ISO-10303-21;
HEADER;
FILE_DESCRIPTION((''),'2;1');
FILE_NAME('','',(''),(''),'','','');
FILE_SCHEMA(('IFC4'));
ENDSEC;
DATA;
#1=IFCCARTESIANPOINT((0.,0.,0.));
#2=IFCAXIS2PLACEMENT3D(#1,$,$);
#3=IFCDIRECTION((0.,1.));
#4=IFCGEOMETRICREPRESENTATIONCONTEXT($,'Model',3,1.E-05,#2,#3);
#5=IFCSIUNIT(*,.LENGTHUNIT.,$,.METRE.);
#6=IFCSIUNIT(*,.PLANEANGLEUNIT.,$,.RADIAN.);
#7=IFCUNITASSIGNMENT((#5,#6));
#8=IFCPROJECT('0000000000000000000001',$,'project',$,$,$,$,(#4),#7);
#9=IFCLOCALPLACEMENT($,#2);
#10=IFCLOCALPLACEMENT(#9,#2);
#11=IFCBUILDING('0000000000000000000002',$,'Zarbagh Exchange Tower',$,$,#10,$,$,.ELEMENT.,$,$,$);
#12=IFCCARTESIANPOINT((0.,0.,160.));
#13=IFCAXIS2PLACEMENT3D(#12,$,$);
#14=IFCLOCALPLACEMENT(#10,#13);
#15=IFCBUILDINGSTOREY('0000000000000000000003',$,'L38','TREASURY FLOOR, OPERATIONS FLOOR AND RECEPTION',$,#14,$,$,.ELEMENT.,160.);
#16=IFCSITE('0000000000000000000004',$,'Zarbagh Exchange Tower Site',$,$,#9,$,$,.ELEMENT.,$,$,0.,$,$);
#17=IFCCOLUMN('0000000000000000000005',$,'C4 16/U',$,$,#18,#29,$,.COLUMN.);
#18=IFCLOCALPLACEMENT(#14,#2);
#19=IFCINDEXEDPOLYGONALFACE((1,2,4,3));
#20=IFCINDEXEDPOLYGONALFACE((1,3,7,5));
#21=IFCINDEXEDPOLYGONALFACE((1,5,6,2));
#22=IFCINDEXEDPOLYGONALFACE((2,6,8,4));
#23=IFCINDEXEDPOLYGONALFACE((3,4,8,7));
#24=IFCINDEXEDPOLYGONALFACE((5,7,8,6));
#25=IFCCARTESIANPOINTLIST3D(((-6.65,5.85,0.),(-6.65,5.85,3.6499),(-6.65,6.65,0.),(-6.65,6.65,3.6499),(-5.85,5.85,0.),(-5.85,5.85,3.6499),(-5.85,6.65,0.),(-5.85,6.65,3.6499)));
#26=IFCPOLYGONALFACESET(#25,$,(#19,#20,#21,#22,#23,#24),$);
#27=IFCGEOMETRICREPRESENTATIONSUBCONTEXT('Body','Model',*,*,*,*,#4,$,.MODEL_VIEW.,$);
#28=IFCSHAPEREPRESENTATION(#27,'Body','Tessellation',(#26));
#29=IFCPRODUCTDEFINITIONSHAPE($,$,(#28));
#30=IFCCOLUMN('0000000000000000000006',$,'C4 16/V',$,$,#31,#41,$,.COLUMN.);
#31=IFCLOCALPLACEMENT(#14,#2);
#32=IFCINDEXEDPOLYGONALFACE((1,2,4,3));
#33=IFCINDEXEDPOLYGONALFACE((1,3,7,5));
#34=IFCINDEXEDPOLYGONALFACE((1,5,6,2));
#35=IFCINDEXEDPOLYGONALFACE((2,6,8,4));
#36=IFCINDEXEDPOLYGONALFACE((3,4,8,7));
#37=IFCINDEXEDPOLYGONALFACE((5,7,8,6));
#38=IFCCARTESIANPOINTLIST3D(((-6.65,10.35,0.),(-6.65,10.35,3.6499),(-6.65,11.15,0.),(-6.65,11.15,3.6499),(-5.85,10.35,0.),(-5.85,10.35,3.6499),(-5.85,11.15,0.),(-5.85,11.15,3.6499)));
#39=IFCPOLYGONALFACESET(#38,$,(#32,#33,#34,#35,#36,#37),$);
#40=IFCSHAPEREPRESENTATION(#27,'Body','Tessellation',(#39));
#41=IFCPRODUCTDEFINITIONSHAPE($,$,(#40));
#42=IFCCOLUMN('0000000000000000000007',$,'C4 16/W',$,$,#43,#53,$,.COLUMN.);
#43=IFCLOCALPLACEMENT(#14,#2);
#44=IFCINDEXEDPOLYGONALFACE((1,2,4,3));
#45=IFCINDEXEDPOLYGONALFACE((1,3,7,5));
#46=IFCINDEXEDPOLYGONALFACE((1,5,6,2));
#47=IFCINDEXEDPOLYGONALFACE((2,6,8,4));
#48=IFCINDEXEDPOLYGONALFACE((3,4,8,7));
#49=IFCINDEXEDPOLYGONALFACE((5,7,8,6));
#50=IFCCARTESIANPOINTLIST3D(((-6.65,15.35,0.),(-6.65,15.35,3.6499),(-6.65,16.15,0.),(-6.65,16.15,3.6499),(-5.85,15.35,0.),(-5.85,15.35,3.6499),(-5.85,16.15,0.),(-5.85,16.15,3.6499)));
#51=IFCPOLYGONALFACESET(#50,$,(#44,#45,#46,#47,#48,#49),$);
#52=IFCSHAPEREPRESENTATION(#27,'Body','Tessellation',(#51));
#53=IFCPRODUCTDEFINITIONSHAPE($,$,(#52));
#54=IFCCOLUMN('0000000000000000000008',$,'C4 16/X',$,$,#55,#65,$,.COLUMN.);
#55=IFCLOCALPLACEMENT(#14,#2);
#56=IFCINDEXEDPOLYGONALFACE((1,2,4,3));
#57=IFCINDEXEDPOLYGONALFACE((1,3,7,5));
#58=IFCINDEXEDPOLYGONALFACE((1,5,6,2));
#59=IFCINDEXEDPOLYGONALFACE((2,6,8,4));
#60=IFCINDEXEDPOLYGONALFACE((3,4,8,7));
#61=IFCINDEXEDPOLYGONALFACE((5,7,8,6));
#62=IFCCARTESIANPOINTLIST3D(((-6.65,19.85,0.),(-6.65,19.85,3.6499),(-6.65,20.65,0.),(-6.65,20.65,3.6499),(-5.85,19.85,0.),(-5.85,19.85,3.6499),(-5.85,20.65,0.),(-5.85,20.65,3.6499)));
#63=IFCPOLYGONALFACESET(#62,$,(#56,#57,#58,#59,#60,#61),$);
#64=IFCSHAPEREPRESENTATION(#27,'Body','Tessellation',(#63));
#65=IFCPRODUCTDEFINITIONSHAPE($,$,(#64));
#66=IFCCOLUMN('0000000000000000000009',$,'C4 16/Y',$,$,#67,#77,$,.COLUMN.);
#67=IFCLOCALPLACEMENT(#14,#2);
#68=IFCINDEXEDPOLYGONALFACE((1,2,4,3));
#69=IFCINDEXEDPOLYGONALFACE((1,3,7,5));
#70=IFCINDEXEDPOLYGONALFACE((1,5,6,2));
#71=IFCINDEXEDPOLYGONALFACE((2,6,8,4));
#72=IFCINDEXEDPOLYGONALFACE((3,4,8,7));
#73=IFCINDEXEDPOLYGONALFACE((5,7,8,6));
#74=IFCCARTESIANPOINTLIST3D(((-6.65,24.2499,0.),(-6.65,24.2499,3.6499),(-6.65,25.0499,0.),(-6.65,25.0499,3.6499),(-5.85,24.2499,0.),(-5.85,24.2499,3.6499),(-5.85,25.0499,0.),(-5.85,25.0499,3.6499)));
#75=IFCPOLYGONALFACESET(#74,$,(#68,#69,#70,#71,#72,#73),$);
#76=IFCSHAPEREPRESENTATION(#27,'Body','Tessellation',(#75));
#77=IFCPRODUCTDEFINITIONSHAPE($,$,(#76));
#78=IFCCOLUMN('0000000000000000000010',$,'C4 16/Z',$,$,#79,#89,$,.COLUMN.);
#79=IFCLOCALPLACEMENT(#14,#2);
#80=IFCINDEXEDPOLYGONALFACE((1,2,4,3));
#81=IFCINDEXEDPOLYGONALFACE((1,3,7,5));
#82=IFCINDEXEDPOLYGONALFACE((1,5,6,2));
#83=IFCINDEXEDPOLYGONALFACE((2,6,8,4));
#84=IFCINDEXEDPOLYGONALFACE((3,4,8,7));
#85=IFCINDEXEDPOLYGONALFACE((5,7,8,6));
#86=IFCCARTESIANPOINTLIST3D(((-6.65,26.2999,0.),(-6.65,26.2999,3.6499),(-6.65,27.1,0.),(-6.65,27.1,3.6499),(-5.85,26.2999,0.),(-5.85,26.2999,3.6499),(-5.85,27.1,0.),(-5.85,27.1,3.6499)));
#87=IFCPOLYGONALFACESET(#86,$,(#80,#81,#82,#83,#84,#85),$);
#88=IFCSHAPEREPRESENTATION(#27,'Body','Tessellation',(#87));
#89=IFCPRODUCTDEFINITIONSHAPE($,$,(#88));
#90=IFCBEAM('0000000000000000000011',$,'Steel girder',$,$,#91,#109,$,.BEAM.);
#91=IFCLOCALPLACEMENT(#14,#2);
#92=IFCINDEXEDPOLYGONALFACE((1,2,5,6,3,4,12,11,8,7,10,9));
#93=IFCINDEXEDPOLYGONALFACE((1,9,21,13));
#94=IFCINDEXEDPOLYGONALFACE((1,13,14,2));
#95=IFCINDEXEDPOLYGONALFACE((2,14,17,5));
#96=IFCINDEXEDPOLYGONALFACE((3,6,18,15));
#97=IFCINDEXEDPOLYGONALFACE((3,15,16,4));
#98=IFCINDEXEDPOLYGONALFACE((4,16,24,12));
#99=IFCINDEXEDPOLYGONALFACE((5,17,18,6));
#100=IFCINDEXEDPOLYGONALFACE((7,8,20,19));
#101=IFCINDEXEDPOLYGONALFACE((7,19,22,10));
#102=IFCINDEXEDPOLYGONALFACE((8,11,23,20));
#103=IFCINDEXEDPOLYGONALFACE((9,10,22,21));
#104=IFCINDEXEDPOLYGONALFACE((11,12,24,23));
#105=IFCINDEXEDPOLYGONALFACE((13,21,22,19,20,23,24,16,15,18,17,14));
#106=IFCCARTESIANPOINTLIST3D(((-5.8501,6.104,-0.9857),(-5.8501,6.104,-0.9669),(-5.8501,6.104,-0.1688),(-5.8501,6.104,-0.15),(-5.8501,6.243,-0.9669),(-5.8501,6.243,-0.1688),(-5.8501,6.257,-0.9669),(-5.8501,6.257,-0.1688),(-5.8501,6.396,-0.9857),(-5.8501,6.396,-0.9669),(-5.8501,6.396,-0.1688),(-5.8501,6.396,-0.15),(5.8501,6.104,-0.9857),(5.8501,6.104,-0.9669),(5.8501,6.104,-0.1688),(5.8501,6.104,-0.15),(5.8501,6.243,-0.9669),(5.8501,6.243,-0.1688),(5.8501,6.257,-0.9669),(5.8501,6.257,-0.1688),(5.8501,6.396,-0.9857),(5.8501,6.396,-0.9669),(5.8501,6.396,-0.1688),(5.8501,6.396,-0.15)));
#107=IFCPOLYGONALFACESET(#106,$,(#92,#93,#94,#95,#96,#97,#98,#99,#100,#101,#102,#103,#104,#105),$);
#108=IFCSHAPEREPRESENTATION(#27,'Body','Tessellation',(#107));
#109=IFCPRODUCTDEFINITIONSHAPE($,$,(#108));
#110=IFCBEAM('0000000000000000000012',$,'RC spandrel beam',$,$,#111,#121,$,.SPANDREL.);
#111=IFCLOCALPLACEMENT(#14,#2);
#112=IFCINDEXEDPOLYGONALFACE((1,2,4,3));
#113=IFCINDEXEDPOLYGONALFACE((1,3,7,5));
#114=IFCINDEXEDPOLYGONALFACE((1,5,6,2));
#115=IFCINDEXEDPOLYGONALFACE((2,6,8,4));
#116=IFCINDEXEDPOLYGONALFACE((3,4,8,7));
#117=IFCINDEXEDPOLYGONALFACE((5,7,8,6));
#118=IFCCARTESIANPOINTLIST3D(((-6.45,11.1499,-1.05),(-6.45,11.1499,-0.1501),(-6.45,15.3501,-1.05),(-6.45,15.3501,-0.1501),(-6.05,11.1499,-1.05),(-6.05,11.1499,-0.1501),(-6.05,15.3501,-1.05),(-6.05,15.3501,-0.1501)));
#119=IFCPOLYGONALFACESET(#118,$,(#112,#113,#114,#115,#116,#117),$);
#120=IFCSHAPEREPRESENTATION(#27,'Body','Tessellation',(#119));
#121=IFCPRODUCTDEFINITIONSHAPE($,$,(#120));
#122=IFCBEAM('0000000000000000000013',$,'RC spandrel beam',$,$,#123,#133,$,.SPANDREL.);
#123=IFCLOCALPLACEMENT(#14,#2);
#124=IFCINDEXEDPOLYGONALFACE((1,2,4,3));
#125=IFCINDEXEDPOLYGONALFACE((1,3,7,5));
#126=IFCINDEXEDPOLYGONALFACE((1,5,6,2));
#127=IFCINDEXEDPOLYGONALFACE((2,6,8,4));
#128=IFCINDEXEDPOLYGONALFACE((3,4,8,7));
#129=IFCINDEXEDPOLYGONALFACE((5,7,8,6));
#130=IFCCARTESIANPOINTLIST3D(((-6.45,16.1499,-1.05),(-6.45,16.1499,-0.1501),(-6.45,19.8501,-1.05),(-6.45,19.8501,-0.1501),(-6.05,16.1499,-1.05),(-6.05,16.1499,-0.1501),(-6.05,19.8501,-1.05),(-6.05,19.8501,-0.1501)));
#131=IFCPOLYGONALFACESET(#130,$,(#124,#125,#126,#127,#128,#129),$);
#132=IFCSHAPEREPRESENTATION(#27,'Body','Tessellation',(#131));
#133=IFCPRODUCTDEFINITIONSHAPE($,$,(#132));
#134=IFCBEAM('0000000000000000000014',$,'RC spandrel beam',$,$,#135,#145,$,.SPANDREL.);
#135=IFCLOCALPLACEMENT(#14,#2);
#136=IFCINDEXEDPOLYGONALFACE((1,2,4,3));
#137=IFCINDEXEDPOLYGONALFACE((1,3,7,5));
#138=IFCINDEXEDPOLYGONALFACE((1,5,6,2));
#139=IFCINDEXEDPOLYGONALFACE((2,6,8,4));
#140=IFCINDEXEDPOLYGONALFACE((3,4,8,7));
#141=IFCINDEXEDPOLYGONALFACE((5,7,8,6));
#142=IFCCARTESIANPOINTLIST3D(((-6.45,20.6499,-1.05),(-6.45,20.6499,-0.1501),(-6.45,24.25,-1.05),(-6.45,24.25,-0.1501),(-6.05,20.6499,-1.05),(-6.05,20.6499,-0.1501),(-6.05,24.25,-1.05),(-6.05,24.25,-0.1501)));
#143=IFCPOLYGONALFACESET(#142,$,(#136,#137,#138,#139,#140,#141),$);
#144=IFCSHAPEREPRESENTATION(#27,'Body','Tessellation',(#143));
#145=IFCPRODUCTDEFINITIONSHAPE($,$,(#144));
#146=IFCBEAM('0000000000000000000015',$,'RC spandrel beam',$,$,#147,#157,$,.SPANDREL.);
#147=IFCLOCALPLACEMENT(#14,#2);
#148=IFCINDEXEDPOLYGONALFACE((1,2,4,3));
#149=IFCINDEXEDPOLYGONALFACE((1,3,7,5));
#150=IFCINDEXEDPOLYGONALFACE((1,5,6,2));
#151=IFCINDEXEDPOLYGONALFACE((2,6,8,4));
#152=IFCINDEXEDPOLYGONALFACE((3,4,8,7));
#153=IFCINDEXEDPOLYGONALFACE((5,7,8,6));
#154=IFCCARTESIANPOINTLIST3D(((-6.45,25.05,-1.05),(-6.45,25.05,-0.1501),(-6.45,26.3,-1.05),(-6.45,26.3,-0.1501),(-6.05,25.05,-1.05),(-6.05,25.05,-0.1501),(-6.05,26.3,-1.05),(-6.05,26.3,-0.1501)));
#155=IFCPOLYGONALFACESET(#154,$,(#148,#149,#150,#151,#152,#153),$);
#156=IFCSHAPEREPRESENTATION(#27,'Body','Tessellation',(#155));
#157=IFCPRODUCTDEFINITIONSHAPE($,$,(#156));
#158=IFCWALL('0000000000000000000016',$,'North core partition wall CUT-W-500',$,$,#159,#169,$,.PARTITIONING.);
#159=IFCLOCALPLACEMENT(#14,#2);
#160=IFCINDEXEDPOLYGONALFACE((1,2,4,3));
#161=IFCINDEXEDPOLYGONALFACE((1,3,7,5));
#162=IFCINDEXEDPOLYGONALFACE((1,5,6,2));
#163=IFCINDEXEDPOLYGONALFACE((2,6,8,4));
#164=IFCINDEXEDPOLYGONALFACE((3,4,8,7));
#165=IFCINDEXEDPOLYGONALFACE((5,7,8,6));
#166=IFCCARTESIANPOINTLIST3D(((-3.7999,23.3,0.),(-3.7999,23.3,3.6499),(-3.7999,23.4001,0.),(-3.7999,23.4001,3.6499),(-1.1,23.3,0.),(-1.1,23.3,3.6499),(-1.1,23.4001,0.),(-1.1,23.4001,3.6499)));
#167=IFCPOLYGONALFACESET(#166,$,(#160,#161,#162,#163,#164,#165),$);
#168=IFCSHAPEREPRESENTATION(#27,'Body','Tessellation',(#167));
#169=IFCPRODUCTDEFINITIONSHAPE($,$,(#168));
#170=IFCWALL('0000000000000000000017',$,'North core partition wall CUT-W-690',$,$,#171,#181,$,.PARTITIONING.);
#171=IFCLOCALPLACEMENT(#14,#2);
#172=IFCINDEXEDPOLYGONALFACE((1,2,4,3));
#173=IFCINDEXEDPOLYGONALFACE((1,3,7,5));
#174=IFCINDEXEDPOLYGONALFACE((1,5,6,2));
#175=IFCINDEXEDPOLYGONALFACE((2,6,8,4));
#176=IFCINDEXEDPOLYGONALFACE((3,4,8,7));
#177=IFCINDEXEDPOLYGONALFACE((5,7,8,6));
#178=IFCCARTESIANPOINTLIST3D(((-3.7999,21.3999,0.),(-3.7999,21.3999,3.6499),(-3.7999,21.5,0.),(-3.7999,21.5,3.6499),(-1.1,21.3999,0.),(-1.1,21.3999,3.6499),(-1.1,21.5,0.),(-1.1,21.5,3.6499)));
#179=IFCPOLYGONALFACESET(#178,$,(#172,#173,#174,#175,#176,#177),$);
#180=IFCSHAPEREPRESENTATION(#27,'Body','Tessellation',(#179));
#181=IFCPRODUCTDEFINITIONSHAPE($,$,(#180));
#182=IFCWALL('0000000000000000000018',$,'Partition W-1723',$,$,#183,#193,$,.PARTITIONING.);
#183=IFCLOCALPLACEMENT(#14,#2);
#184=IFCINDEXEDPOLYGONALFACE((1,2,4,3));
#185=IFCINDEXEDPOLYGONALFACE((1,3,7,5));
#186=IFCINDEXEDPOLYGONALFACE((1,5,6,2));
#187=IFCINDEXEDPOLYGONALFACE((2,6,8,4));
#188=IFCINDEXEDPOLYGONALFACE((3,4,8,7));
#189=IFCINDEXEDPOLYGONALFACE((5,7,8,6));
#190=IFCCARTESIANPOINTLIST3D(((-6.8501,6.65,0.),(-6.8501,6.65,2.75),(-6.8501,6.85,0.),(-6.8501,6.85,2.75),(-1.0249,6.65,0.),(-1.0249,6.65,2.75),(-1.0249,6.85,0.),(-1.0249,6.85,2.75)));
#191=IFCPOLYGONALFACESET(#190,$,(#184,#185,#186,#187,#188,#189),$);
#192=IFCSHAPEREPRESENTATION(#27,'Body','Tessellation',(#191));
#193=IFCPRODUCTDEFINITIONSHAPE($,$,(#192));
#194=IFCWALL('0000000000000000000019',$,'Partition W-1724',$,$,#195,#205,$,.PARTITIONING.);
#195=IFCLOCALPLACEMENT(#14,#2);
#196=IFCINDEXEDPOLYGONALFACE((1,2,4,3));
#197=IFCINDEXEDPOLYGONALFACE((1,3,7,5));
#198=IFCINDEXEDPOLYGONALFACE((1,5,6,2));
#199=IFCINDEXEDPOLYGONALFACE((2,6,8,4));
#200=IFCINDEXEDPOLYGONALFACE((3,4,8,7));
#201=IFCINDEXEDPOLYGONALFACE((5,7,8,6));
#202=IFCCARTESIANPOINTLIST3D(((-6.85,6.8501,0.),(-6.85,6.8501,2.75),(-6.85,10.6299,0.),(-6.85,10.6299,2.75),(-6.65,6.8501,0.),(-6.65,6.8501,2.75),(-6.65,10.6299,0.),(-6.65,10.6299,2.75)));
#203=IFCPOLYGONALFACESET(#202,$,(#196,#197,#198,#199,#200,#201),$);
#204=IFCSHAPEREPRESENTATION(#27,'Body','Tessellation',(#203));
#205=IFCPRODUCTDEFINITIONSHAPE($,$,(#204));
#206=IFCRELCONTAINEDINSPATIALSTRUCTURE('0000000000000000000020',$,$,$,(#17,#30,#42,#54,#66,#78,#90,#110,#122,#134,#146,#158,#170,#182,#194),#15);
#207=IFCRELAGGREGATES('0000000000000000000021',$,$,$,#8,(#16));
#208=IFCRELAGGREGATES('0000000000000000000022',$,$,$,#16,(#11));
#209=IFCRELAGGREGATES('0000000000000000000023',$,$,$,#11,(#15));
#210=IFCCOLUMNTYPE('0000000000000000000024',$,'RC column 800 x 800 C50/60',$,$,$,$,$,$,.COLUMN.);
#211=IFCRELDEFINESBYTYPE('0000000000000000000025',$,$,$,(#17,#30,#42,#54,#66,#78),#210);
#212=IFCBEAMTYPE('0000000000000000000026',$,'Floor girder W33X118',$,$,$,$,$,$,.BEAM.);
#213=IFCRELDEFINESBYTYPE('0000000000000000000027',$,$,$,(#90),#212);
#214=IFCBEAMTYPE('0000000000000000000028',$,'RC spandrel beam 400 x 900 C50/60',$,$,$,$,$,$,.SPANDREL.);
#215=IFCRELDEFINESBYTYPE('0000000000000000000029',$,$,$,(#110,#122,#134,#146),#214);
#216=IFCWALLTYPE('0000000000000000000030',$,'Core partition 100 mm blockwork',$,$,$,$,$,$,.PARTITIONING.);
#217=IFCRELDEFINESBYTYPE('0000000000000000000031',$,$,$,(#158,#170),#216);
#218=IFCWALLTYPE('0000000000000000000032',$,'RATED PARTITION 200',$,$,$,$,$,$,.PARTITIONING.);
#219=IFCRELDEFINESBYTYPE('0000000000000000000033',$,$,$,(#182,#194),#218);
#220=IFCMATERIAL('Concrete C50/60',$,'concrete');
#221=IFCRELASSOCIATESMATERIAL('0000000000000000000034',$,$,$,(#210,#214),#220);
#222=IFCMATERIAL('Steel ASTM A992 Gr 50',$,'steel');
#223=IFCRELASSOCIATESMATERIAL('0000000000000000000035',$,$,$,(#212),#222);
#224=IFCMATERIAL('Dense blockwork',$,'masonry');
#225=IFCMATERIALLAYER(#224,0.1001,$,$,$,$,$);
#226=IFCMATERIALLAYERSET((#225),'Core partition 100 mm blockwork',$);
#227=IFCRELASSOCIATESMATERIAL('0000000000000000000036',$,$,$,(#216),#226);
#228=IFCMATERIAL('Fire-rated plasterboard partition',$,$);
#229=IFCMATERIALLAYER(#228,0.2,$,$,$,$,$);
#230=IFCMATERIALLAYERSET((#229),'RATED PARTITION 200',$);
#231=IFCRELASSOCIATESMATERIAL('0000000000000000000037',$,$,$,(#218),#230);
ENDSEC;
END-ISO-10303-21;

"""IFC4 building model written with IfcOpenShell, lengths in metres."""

from ifc_helpers import new_model, si_unit, direction, frame, frame_2d, origin, origin_2d, place, context, subcontext, project, spatial, rectangle, i_section, extrude, material, layer, layer_set, material_profile, profile_set, type_object, element, save


model = new_model("IFC4")

# Units and contexts
model_context = context("Model", 3, precision=1e-05, world=origin(), true_north=direction((0.0, 1.0)))
body_context = subcontext(model_context, "Body", "Model", "MODEL_VIEW")
ifc_project = project(units=[si_unit("LENGTHUNIT", "METRE"), si_unit("PLANEANGLEUNIT", "RADIAN")], contexts=[model_context])

# Site, building, storey
site_placement = place(None, origin())
site = spatial("IfcSite", under=ifc_project, at=site_placement, Name="Zarbagh Exchange Tower Site", CompositionType="ELEMENT", RefElevation=0.0)
building_placement = place(site_placement, origin())
building = spatial("IfcBuilding", under=site, at=building_placement, Name="Zarbagh Exchange Tower", CompositionType="ELEMENT")
storey_placement = place(building_placement, frame((0.0, 0.0, 160.0)))
storey = spatial("IfcBuildingStorey", under=building, at=storey_placement, Name="L38", Description="TREASURY FLOOR, OPERATIONS FLOOR AND RECEPTION", CompositionType="ELEMENT", Elevation=160.0)

# Columns
ifc_material_1 = material(Name="Concrete C50/60", Category="concrete")
ifc_material_profile_1 = material_profile(ifc_material_1, rectangle(XDim=0.8, YDim=0.8, at=origin_2d()), Name="RC column 800 x 800 C50/60")
ifc_profile_set_1 = profile_set([ifc_material_profile_1], Name="Concrete C50/60")
column_type = type_object("IfcColumnType", Name="RC column 800 x 800 C50/60", PredefinedType="COLUMN", material=ifc_profile_set_1)
for number, where, z_axis, x_axis, name in (
    (1, (-6.25, 6.25, 0.0), (0.0, 0.0, 1.0), (1.0, 0.0, 0.0), "C4 16/U"),
    (2, (-6.25, 10.75, 0.0), (0.0, 0.0, 1.0), (1.0, 0.0, 0.0), "C4 16/V"),
    (3, (-6.25, 15.75, 0.0), (0.0, 0.0, 1.0), (1.0, 0.0, 0.0), "C4 16/W"),
    (4, (-6.25, 20.25, 0.0), (0.0, 0.0, 1.0), (1.0, 0.0, 0.0), "C4 16/X"),
    (5, (-6.25, 24.6499, 0.0), (0.0, 0.0, 1.0), (1.0, 0.0, 0.0), "C4 16/Y"),
    (6, (-6.25, 26.7, 0.0), (0.0, 0.0, 1.0), (1.0, 0.0, 0.0), "C4 16/Z"),
):
    element("IfcColumn", number, at=place(storey_placement, frame(where, z_axis=z_axis, x_axis=x_axis)), inside=storey, type_object=column_type, Name=name, PredefinedType="COLUMN", context=body_context, shape_type="SweptSolid", body=[
        extrude(rectangle(XDim=0.8, YDim=0.8, at=origin_2d()), origin(), (0.0, 0.0, 1.0), 3.6499),
    ])

# Beams
ifc_material_2 = material(Name="Steel ASTM A992 Gr 50", Category="steel")
ifc_material_profile_2 = material_profile(ifc_material_2, i_section(OverallWidth=0.292, OverallDepth=0.8357, WebThickness=0.0139, FlangeThickness=0.0188, at=origin_2d()), Name="W33X118")
ifc_profile_set_2 = profile_set([ifc_material_profile_2], Name="Steel ASTM A992 Gr 50")
beam_type_1 = type_object("IfcBeamType", Name="Floor girder W33X118", PredefinedType="BEAM", material=ifc_profile_set_2)
beam_1_placement = place(storey_placement, frame((-5.8501, 6.25, -0.5679), z_axis=(1.0, 0.0, 0.0), x_axis=(0.0, 1.0, 0.0)))
element("IfcBeam", 7, at=beam_1_placement, inside=storey, type_object=beam_type_1, Name="Steel girder", PredefinedType="BEAM", context=body_context, shape_type="SweptSolid", body=[
    extrude(i_section(OverallWidth=0.292, OverallDepth=0.8357, WebThickness=0.0139, FlangeThickness=0.0188, at=origin_2d()), origin(), (0.0, 0.0, 1.0), 11.7002),
])
ifc_material_profile_3 = material_profile(ifc_material_1, rectangle(XDim=0.3999, YDim=0.8999, at=origin_2d()), Name="RC spandrel beam 400 x 900 C50/60")
ifc_profile_set_3 = profile_set([ifc_material_profile_3], Name="Concrete C50/60")
beam_type_2 = type_object("IfcBeamType", Name="RC spandrel beam 400 x 900 C50/60", PredefinedType="SPANDREL", material=ifc_profile_set_3)
beam_2_placement = place(storey_placement, frame((-6.25, 11.1499, -0.6001), z_axis=(0.0, 1.0, 0.0), x_axis=(-1.0, 0.0, 0.0)))
element("IfcBeam", 8, at=beam_2_placement, inside=storey, type_object=beam_type_2, Name="RC spandrel beam", PredefinedType="SPANDREL", context=body_context, shape_type="SweptSolid", body=[
    extrude(rectangle(XDim=0.3999, YDim=0.8999, at=origin_2d()), origin(), (0.0, 0.0, 1.0), 4.2002),
])
beam_3_placement = place(storey_placement, frame((-6.25, 16.1499, -0.6001), z_axis=(0.0, 1.0, 0.0), x_axis=(-1.0, 0.0, 0.0)))
element("IfcBeam", 9, at=beam_3_placement, inside=storey, type_object=beam_type_2, Name="RC spandrel beam", PredefinedType="SPANDREL", context=body_context, shape_type="SweptSolid", body=[
    extrude(rectangle(XDim=0.3999, YDim=0.8999, at=origin_2d()), origin(), (0.0, 0.0, 1.0), 3.7002),
])
beam_4_placement = place(storey_placement, frame((-6.25, 20.6499, -0.6001), z_axis=(0.0, 1.0, 0.0), x_axis=(-1.0, 0.0, 0.0)))
element("IfcBeam", 10, at=beam_4_placement, inside=storey, type_object=beam_type_2, Name="RC spandrel beam", PredefinedType="SPANDREL", context=body_context, shape_type="SweptSolid", body=[
    extrude(rectangle(XDim=0.3999, YDim=0.8999, at=origin_2d()), origin(), (0.0, 0.0, 1.0), 3.6001),
])
beam_5_placement = place(storey_placement, frame((-6.25, 25.05, -0.6001), z_axis=(0.0, 1.0, 0.0), x_axis=(-1.0, 0.0, 0.0)))
element("IfcBeam", 11, at=beam_5_placement, inside=storey, type_object=beam_type_2, Name="RC spandrel beam", PredefinedType="SPANDREL", context=body_context, shape_type="SweptSolid", body=[
    extrude(rectangle(XDim=0.3999, YDim=0.8999, at=origin_2d()), origin(), (0.0, 0.0, 1.0), 1.25),
])

# Walls
ifc_material_3 = material(Name="Dense blockwork", Category="masonry")
ifc_layer_1 = layer(ifc_material_3, 0.1001)
ifc_layer_set_1 = layer_set([ifc_layer_1], Name="Core partition 100 mm blockwork")
wall_type_1 = type_object("IfcWallType", Name="Core partition 100 mm blockwork", PredefinedType="PARTITIONING", material=ifc_layer_set_1)
for number, where, z_axis, x_axis, name in (
    (12, (-3.8, 23.3501, 0.0), (0.0, 0.0, 1.0), (1.0, 0.0, 0.0), "North core partition wall CUT-W-500"),
    (13, (-3.8, 21.45, 0.0), (0.0, 0.0, 1.0), (1.0, 0.0, 0.0), "North core partition wall CUT-W-690"),
):
    element("IfcWall", number, at=place(storey_placement, frame(where, z_axis=z_axis, x_axis=x_axis)), inside=storey, type_object=wall_type_1, Name=name, PredefinedType="PARTITIONING", context=body_context, shape_type="SweptSolid", body=[
        extrude(rectangle(XDim=2.7, YDim=0.1001, at=frame_2d((1.3501, 0.0))), origin(), (0.0, 0.0, 1.0), 3.6499),
    ])
ifc_material_4 = material(Name="Fire-rated plasterboard partition")
ifc_layer_2 = layer(ifc_material_4, 0.2)
ifc_layer_set_2 = layer_set([ifc_layer_2], Name="RATED PARTITION 200")
wall_type_2 = type_object("IfcWallType", Name="RATED PARTITION 200", PredefinedType="PARTITIONING", material=ifc_layer_set_2)
wall_1_placement = place(storey_placement, frame((-6.8501, 6.75, 0.0), z_axis=(0.0, 0.0, 1.0), x_axis=(1.0, 0.0, 0.0)))
element("IfcWall", 14, at=wall_1_placement, inside=storey, type_object=wall_type_2, Name="Partition W-1723", PredefinedType="PARTITIONING", context=body_context, shape_type="SweptSolid", body=[
    extrude(rectangle(XDim=5.8252, YDim=0.2, at=frame_2d((2.9126, 0.0))), origin(), (0.0, 0.0, 1.0), 2.75),
])
wall_2_placement = place(storey_placement, frame((-6.75, 6.8501, 0.0), z_axis=(0.0, 0.0, 1.0), x_axis=(0.0, 1.0, 0.0)))
element("IfcWall", 15, at=wall_2_placement, inside=storey, type_object=wall_type_2, Name="Partition W-1724", PredefinedType="PARTITIONING", context=body_context, shape_type="SweptSolid", body=[
    extrude(rectangle(XDim=3.7798, YDim=0.2, at=frame_2d((1.8899, 0.0))), origin(), (0.0, 0.0, 1.0), 2.75),
])

save(model, "model.ifc")
